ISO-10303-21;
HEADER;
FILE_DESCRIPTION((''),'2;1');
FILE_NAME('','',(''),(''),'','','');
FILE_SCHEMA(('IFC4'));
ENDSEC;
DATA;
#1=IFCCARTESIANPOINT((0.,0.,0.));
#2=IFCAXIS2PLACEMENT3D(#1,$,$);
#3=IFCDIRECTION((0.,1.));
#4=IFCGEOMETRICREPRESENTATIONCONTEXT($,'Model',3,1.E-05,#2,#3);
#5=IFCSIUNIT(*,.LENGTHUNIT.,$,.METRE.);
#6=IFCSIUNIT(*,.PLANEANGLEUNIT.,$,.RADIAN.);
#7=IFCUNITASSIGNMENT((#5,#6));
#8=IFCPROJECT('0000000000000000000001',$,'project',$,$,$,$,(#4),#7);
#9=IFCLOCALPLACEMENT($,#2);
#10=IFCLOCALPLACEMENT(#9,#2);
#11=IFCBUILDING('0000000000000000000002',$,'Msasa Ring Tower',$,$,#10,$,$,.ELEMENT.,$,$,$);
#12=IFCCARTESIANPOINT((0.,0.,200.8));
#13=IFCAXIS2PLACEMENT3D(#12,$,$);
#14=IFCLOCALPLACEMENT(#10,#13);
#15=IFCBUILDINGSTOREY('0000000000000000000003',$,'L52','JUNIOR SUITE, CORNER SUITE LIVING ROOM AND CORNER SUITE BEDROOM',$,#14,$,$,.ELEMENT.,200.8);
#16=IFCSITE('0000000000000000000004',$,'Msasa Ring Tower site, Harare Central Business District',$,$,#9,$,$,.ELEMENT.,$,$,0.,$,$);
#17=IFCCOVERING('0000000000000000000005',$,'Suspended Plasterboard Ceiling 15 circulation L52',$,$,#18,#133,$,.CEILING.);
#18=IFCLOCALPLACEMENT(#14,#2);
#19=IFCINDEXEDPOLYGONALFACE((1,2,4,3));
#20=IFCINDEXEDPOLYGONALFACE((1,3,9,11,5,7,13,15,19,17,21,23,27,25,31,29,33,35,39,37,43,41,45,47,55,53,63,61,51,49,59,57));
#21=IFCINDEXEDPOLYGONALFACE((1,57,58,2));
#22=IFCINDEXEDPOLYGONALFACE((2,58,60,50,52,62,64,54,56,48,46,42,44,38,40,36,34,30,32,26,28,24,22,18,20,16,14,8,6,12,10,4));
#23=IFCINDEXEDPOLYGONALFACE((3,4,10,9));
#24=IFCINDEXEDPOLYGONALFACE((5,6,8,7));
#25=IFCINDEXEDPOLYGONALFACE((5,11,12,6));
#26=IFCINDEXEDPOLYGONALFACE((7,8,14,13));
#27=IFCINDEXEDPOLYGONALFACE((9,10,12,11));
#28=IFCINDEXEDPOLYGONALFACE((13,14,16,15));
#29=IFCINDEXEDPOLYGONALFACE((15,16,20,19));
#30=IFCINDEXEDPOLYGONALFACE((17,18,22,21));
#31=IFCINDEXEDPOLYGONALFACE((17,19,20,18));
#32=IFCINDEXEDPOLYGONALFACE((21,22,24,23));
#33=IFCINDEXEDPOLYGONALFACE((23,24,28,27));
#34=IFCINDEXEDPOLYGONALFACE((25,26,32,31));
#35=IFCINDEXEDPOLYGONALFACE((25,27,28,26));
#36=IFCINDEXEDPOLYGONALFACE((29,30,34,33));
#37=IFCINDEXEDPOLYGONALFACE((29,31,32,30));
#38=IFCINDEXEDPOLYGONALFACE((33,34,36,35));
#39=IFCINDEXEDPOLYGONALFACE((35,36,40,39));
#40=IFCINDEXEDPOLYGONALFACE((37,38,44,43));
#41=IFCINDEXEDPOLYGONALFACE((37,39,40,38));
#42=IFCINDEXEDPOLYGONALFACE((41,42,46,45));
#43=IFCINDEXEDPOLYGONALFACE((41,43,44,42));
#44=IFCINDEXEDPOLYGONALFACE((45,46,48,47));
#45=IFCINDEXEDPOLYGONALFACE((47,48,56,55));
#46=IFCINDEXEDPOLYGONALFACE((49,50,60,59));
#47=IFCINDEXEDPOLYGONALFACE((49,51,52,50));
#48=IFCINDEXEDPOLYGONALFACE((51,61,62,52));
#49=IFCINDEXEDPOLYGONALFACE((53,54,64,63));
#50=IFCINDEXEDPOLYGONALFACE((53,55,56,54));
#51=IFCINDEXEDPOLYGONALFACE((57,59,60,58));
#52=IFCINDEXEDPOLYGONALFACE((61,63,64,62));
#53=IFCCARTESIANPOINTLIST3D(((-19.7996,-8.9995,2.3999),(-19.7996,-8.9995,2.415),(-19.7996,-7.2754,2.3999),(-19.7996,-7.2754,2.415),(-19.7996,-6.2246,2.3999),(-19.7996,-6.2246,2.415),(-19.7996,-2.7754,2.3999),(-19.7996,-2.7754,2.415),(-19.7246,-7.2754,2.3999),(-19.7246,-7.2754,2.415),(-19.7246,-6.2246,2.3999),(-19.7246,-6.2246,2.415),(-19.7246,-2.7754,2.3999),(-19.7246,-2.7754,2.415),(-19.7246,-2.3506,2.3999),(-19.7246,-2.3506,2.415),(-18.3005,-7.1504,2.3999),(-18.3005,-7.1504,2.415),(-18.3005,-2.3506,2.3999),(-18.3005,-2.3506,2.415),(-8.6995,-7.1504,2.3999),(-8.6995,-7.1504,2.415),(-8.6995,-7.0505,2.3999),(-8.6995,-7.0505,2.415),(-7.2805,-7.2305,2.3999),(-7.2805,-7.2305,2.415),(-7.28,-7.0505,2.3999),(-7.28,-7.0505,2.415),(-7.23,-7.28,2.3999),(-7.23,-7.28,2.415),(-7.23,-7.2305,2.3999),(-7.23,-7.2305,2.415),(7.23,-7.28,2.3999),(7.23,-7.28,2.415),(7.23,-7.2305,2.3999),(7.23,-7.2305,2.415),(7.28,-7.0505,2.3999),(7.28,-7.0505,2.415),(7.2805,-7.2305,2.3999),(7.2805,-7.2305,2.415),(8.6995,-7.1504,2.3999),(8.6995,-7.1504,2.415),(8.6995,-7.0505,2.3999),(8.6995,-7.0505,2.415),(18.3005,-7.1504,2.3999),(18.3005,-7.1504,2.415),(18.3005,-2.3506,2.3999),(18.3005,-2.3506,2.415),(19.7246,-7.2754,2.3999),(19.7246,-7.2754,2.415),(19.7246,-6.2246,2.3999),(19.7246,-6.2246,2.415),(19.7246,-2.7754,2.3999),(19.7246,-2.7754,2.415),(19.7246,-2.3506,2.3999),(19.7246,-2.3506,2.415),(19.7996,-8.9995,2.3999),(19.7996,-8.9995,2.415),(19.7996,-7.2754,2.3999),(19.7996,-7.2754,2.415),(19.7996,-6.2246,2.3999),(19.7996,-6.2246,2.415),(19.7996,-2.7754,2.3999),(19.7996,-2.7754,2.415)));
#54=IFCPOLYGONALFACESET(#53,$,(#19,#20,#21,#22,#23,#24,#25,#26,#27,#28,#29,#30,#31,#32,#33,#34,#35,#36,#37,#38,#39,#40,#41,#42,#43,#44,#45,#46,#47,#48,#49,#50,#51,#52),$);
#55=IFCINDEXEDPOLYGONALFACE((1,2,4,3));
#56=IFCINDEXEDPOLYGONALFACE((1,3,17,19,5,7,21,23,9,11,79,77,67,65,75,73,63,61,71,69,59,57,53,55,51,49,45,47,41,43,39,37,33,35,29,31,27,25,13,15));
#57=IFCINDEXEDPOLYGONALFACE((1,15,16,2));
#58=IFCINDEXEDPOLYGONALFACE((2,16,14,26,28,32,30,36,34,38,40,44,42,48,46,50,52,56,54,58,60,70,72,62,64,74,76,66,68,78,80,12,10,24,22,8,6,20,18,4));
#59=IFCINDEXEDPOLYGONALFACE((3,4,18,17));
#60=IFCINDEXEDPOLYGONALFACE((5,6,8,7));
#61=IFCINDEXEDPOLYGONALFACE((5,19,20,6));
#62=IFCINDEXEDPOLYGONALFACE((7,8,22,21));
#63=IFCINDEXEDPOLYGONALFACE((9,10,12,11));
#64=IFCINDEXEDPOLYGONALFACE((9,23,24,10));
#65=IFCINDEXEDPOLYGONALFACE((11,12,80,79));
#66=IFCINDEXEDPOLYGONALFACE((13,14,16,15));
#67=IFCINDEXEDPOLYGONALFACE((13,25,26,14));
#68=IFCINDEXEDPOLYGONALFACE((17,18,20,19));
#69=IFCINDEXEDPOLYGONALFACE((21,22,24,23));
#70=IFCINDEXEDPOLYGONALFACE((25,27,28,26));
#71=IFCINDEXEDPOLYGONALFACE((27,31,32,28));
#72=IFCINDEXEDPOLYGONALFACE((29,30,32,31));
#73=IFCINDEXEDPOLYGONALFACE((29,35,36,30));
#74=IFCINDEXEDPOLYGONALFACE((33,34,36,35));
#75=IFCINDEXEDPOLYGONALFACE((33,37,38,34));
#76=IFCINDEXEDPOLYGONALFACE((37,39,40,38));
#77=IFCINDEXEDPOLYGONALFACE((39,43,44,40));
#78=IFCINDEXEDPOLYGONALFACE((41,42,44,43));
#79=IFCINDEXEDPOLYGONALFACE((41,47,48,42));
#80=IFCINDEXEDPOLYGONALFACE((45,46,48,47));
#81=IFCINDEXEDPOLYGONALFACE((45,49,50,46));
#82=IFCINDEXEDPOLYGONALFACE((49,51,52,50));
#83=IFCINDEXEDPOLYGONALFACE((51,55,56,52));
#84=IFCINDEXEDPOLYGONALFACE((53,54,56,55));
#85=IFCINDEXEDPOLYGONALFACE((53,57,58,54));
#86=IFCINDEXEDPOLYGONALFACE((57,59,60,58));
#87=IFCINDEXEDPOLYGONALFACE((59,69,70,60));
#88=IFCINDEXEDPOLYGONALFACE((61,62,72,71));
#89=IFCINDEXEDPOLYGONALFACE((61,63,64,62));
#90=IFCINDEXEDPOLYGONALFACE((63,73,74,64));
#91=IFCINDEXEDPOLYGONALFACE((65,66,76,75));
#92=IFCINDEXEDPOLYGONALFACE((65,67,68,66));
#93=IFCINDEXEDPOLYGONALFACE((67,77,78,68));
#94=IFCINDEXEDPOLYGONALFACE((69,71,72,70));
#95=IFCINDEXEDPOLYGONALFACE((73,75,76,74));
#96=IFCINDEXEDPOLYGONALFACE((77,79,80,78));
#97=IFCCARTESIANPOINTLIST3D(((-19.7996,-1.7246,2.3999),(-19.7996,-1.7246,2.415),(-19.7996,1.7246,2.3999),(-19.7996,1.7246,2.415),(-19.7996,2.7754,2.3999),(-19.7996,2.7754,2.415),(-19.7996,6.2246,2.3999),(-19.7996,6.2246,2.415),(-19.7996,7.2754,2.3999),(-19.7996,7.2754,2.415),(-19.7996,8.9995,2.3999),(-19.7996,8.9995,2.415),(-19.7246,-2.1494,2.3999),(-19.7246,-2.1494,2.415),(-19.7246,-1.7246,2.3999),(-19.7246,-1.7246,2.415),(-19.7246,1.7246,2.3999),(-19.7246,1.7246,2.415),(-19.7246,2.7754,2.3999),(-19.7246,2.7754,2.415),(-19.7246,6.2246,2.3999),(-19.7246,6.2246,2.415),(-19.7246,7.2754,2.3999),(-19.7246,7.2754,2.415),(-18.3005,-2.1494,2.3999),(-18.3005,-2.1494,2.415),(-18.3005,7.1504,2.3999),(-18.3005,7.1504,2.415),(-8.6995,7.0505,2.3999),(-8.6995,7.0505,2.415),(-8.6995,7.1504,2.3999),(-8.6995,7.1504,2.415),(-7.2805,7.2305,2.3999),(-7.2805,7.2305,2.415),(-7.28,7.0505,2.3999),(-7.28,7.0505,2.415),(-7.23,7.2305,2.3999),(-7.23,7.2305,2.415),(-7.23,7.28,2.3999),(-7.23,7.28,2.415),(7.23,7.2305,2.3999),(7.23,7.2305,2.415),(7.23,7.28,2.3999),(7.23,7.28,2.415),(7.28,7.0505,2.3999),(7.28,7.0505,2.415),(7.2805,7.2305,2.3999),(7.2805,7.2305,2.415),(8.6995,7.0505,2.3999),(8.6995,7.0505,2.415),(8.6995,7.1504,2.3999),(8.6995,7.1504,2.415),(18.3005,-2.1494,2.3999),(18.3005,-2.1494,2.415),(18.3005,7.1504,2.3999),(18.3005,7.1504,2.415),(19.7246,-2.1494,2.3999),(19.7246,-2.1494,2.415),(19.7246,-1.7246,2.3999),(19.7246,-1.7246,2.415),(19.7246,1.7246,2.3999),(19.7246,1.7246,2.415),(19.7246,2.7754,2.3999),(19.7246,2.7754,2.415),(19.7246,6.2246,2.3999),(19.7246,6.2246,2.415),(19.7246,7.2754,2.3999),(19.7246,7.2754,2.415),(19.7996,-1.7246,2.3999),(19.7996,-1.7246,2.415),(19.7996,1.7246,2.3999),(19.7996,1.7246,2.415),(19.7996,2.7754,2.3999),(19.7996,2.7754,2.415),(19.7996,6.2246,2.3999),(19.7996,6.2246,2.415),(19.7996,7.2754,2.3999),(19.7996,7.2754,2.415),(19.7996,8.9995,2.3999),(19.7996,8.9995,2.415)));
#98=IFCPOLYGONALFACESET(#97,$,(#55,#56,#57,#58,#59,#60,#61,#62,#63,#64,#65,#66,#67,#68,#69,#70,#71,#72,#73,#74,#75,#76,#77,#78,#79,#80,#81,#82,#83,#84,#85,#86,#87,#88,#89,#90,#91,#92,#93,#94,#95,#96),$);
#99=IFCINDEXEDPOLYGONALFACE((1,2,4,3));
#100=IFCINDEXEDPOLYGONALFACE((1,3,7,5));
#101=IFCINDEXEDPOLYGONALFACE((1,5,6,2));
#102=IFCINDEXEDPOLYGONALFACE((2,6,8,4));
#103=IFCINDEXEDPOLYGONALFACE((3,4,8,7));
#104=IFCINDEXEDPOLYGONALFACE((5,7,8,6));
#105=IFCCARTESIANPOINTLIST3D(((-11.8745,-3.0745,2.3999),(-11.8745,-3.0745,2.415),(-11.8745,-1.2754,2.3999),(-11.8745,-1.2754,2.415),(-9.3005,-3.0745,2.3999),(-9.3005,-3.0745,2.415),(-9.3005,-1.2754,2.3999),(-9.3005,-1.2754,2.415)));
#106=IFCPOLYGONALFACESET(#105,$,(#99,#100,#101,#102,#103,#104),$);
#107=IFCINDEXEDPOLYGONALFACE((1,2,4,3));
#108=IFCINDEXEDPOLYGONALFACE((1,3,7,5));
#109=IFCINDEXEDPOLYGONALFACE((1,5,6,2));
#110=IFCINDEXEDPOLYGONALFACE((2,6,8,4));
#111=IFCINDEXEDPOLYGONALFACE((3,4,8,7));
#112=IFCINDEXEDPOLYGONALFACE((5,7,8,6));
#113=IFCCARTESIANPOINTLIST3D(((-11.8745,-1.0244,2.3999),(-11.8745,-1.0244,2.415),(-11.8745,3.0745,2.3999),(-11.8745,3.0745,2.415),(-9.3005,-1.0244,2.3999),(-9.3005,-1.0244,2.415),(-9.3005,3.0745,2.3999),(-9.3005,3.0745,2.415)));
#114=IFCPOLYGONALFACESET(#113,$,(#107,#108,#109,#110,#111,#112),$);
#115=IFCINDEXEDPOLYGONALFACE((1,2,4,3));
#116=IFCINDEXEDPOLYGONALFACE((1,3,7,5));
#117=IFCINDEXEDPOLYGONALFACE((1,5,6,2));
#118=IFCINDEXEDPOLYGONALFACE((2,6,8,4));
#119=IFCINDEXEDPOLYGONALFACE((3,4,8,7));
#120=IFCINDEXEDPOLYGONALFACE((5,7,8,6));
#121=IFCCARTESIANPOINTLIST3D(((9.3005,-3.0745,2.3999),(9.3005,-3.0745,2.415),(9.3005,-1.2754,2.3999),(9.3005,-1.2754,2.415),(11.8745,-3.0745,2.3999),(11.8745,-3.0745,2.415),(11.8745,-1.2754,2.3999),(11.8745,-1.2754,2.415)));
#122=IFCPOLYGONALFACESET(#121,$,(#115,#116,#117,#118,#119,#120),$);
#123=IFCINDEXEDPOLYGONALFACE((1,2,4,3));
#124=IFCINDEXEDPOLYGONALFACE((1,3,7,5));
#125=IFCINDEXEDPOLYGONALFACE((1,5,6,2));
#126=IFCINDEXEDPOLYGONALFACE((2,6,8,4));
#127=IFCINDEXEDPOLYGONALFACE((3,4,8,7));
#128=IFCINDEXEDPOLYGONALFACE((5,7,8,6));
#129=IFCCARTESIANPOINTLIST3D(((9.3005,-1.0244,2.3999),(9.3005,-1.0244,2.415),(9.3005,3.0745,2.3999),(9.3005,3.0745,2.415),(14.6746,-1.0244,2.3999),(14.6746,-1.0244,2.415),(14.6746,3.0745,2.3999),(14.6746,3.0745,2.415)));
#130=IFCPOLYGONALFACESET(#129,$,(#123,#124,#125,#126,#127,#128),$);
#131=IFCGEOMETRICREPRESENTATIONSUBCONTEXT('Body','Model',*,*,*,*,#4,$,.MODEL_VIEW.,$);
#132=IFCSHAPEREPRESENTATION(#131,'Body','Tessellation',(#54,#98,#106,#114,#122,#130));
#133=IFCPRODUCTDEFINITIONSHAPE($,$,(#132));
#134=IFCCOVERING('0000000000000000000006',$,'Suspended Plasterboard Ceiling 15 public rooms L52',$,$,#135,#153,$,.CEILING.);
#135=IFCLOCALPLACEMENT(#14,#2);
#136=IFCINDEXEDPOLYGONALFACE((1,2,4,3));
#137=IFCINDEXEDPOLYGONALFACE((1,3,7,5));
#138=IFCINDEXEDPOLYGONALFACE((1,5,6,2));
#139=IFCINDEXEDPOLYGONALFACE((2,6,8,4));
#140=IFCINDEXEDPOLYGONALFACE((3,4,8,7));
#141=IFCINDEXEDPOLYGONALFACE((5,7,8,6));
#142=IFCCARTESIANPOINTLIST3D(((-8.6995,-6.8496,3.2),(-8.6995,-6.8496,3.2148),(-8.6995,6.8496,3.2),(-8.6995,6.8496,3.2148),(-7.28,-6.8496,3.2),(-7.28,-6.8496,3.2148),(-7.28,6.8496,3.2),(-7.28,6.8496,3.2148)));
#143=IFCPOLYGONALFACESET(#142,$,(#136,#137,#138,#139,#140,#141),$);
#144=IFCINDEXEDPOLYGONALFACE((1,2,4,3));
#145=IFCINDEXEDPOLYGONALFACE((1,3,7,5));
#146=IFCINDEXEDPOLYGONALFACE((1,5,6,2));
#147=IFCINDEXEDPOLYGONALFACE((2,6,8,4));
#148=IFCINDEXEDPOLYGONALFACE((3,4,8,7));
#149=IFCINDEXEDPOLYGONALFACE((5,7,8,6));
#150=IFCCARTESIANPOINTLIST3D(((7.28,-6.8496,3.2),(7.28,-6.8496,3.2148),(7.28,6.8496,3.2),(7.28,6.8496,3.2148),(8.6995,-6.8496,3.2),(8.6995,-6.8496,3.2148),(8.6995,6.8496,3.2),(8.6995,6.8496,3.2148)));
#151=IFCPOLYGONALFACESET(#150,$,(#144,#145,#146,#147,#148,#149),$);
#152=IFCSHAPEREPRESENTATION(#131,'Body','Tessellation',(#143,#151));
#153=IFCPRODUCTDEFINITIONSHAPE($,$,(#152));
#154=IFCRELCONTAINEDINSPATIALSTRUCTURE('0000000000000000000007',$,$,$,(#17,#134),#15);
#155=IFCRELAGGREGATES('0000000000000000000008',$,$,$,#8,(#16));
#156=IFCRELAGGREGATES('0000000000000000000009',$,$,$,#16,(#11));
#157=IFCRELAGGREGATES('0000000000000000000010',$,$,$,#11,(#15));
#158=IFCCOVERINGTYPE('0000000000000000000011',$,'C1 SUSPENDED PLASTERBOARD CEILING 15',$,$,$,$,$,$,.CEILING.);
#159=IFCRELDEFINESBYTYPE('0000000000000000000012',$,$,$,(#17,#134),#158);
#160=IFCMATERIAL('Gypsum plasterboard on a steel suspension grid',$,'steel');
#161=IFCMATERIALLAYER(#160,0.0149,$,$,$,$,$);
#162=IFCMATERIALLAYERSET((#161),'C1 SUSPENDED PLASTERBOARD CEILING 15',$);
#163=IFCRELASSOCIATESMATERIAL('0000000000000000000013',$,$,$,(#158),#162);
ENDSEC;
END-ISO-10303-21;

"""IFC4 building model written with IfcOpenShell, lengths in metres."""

from ifc_helpers import new_model, si_unit, direction, frame, origin, place, context, subcontext, project, spatial, line, indexed_curve, outline, extrude, material, layer, layer_set, type_object, element, save


model = new_model("IFC4")

# Units and contexts
model_context = context("Model", 3, precision=1e-05, world=origin(), true_north=direction((0.0, 1.0)))
body_context = subcontext(model_context, "Body", "Model", "MODEL_VIEW")
ifc_project = project(units=[si_unit("LENGTHUNIT", "METRE"), si_unit("PLANEANGLEUNIT", "RADIAN")], contexts=[model_context])

# Site, building, storey
site_placement = place(None, origin())
site = spatial("IfcSite", under=ifc_project, at=site_placement, Name="Msasa Ring Tower site, Harare Central Business District", CompositionType="ELEMENT", RefElevation=0.0)
building_placement = place(site_placement, origin())
building = spatial("IfcBuilding", under=site, at=building_placement, Name="Msasa Ring Tower", CompositionType="ELEMENT")
storey_placement = place(building_placement, frame((0.0, 0.0, 200.8)))
storey = spatial("IfcBuildingStorey", under=building, at=storey_placement, Name="L52", Description="JUNIOR SUITE, CORNER SUITE LIVING ROOM AND CORNER SUITE BEDROOM", CompositionType="ELEMENT", Elevation=200.8)

# Coverings
ifc_material_1 = material(Name="Gypsum plasterboard on a steel suspension grid", Category="steel")
ifc_layer_1 = layer(ifc_material_1, 0.0149)
ifc_layer_set_1 = layer_set([ifc_layer_1], Name="C1 SUSPENDED PLASTERBOARD CEILING 15")
covering_type_1 = type_object("IfcCoveringType", Name="C1 SUSPENDED PLASTERBOARD CEILING 15", PredefinedType="CEILING", material=ifc_layer_set_1)
covering_1_placement = place(storey_placement, frame((0.0, 0.0, 2.3999)))
element("IfcCovering", 1, at=covering_1_placement, inside=storey, type_object=covering_type_1, Name="Suspended Plasterboard Ceiling 15 circulation L52", PredefinedType="CEILING", context=body_context, shape_type="SweptSolid", body=[
    extrude(outline(indexed_curve([(-8.6995, -7.0505), (-7.28, -7.0505), (-7.2805, -7.2305), (-7.23, -7.2305), (-7.23, -7.28), (7.23, -7.28), (7.23, -7.2305), (7.2805, -7.2305), (7.28, -7.0505), (8.6995, -7.0505), (8.6995, -7.1504), (18.3005, -7.1504), (18.3005, -2.3506), (19.7246, -2.3506), (19.7246, -2.7754), (19.7996, -2.7754), (19.7996, -6.2246), (19.7246, -6.2246), (19.7246, -7.2754), (19.7996, -7.2754), (19.7996, -8.9995), (-19.7996, -8.9995), (-19.7996, -7.2754), (-19.7246, -7.2754), (-19.7246, -6.2246), (-19.7996, -6.2246), (-19.7996, -2.7754), (-19.7246, -2.7754), (-19.7246, -2.3506), (-18.3005, -2.3506), (-18.3005, -7.1504), (-8.6995, -7.1504)], segments=[line(1, 2, 3, 4, 5, 6, 7, 8, 9, 10, 11, 12, 13, 14, 15, 16, 17, 18, 19, 20, 21, 22, 23, 24, 25, 26, 27, 28, 29, 30, 31, 32, 1)], self_intersect=False)), origin(), (0.0, 0.0, 1.0), 0.0151),
    extrude(outline(indexed_curve([(19.7996, 7.2754), (19.7246, 7.2754), (19.7246, 6.2246), (19.7996, 6.2246), (19.7996, 2.7754), (19.7246, 2.7754), (19.7246, 1.7246), (19.7996, 1.7246), (19.7996, -1.7246), (19.7246, -1.7246), (19.7246, -2.1494), (18.3005, -2.1494), (18.3005, 7.1504), (8.6995, 7.1504), (8.6995, 7.0505), (7.28, 7.0505), (7.2805, 7.2305), (7.23, 7.2305), (7.23, 7.28), (-7.23, 7.28), (-7.23, 7.2305), (-7.2805, 7.2305), (-7.28, 7.0505), (-8.6995, 7.0505), (-8.6995, 7.1504), (-18.3005, 7.1504), (-18.3005, -2.1494), (-19.7246, -2.1494), (-19.7246, -1.7246), (-19.7996, -1.7246), (-19.7996, 1.7246), (-19.7246, 1.7246), (-19.7246, 2.7754), (-19.7996, 2.7754), (-19.7996, 6.2246), (-19.7246, 6.2246), (-19.7246, 7.2754), (-19.7996, 7.2754), (-19.7996, 8.9995), (19.7996, 8.9995)], segments=[line(1, 2, 3, 4, 5, 6, 7, 8, 9, 10, 11, 12, 13, 14, 15, 16, 17, 18, 19, 20, 21, 22, 23, 24, 25, 26, 27, 28, 29, 30, 31, 32, 33, 34, 35, 36, 37, 38, 39, 40, 1)], self_intersect=False)), origin(), (0.0, 0.0, 1.0), 0.0151),
    extrude(outline(indexed_curve([(-11.8745, -3.0745), (-11.8745, -1.2754), (-9.3005, -1.2754), (-9.3005, -3.0745)], segments=[line(1, 2, 3, 4, 1)], self_intersect=False)), origin(), (0.0, 0.0, 1.0), 0.0151),
    extrude(outline(indexed_curve([(-9.3005, -1.0244), (-11.8745, -1.0244), (-11.8745, 3.0745), (-9.3005, 3.0745)], segments=[line(1, 2, 3, 4, 1)], self_intersect=False)), origin(), (0.0, 0.0, 1.0), 0.0151),
    extrude(outline(indexed_curve([(9.3005, -3.0745), (9.3005, -1.2754), (11.8745, -1.2754), (11.8745, -3.0745)], segments=[line(1, 2, 3, 4, 1)], self_intersect=False)), origin(), (0.0, 0.0, 1.0), 0.0151),
    extrude(outline(indexed_curve([(9.3005, -1.0244), (9.3005, 3.0745), (14.6746, 3.0745), (14.6746, -1.0244)], segments=[line(1, 2, 3, 4, 1)], self_intersect=False)), origin(), (0.0, 0.0, 1.0), 0.0151),
])
covering_2_placement = place(storey_placement, frame((0.0, 0.0, 3.2)))
element("IfcCovering", 2, at=covering_2_placement, inside=storey, type_object=covering_type_1, Name="Suspended Plasterboard Ceiling 15 public rooms L52", PredefinedType="CEILING", context=body_context, shape_type="SweptSolid", body=[
    extrude(outline(indexed_curve([(-7.28, 6.8496), (-7.28, -6.8496), (-8.6995, -6.8496), (-8.6995, 6.8496)], segments=[line(1, 2, 3, 4, 1)], self_intersect=False)), origin(), (0.0, 0.0, 1.0), 0.0149),
    extrude(outline(indexed_curve([(8.6995, 6.8496), (8.6995, -6.8496), (7.28, -6.8496), (7.28, 6.8496)], segments=[line(1, 2, 3, 4, 1)], self_intersect=False)), origin(), (0.0, 0.0, 1.0), 0.0149),
])

save(model, "model.ifc")
